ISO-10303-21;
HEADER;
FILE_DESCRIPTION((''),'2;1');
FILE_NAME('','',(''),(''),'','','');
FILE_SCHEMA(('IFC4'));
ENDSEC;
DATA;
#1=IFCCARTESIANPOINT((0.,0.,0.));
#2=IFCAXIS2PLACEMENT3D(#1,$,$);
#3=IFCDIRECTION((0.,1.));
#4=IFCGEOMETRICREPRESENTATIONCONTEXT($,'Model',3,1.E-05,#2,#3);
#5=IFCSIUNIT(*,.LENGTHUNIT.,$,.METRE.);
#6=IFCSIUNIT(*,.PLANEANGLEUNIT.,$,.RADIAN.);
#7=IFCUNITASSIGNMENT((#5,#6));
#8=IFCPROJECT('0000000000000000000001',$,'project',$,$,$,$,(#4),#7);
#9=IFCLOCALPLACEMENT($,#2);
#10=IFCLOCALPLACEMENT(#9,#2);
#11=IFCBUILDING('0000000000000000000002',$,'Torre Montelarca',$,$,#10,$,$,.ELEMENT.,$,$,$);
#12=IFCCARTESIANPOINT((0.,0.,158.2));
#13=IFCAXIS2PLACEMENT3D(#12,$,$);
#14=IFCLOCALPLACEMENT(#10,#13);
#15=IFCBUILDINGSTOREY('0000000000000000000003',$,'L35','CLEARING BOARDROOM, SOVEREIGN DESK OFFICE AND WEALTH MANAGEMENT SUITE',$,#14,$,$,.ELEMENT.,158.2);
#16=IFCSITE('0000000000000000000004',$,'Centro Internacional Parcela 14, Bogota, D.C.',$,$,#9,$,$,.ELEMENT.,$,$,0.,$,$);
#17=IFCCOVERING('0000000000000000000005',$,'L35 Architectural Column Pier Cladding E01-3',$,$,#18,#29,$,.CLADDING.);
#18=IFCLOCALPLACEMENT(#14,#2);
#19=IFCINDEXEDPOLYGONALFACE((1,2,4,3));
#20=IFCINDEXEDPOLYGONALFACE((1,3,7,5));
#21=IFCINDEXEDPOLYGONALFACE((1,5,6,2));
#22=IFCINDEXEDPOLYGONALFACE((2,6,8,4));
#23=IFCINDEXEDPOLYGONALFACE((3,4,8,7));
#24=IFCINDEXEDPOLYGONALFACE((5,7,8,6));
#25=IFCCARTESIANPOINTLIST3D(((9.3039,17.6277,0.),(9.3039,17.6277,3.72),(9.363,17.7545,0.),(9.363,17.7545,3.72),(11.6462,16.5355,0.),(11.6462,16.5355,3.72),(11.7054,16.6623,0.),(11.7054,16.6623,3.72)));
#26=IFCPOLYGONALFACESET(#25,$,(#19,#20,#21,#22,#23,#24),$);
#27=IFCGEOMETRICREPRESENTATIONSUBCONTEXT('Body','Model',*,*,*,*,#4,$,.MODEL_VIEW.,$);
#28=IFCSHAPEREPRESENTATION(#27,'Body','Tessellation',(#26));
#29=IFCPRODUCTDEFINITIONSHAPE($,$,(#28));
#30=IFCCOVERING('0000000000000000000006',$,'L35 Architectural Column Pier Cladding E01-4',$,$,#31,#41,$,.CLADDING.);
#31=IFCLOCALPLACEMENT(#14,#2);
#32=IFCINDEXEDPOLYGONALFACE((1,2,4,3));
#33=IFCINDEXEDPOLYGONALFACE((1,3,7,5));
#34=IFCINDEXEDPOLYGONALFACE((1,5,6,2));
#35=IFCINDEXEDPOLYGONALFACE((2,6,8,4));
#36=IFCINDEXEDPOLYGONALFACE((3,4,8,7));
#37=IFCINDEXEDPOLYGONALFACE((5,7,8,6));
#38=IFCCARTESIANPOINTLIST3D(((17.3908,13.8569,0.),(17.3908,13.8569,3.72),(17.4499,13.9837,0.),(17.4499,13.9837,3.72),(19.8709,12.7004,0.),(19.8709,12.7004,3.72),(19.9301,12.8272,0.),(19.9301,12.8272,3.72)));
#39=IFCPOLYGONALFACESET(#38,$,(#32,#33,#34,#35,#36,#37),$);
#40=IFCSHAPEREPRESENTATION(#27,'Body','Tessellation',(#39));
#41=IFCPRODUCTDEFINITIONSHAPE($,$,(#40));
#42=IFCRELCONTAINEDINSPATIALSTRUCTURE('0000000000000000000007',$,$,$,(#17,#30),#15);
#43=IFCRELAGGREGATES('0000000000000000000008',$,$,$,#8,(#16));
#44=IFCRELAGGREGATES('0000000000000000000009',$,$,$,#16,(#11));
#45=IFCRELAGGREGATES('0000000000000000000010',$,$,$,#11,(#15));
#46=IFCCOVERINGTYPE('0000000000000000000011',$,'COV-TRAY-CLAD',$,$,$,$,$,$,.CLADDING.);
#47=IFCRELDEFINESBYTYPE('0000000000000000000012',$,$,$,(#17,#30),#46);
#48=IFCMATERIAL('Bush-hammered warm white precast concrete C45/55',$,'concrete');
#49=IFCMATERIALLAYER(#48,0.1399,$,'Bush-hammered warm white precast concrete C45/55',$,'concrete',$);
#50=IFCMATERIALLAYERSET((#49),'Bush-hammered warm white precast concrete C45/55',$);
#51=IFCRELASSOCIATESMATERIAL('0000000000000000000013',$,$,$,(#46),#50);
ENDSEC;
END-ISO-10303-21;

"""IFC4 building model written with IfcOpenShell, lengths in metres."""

from ifc_helpers import new_model, si_unit, direction, frame, origin, origin_2d, place, context, subcontext, project, spatial, rectangle, extrude, source, transform, mapped, material, layer, layer_set, type_object, element, save


model = new_model("IFC4")

# Units and contexts
model_context = context("Model", 3, precision=1e-05, world=origin(), true_north=direction((0.0, 1.0)))
body_context = subcontext(model_context, "Body", "Model", "MODEL_VIEW")
ifc_project = project(units=[si_unit("LENGTHUNIT", "METRE"), si_unit("PLANEANGLEUNIT", "RADIAN")], contexts=[model_context])

# Site, building, storey
site_placement = place(None, origin())
site = spatial("IfcSite", under=ifc_project, at=site_placement, Name="Centro Internacional Parcela 14, Bogota, D.C.", CompositionType="ELEMENT", RefElevation=0.0)
building_placement = place(site_placement, origin())
building = spatial("IfcBuilding", under=site, at=building_placement, Name="Torre Montelarca", CompositionType="ELEMENT")
storey_placement = place(building_placement, frame((0.0, 0.0, 158.2)))
storey = spatial("IfcBuildingStorey", under=building, at=storey_placement, Name="L35", Description="CLEARING BOARDROOM, SOVEREIGN DESK OFFICE AND WEALTH MANAGEMENT SUITE", CompositionType="ELEMENT", Elevation=158.2)

# Coverings
ifc_material_1 = material(Name="Bush-hammered warm white precast concrete C45/55", Category="concrete")
ifc_layer_1 = layer(ifc_material_1, 0.1399, Name="Bush-hammered warm white precast concrete C45/55", Category="concrete")
ifc_layer_set_1 = layer_set([ifc_layer_1], Name="Bush-hammered warm white precast concrete C45/55")
covering_type_1 = type_object("IfcCoveringType", Name="COV-TRAY-CLAD", PredefinedType="CLADDING", material=ifc_layer_set_1)
shared_shape_1 = source(origin(), body_context, "Body", "SweptSolid", [
    extrude(rectangle(XDim=2.5845, YDim=0.1399, at=origin_2d()), origin(), (0.0, 0.0, 1.0), 3.72),
])
covering_1_placement = place(storey_placement, frame((10.5046, 17.145, 0.0), z_axis=(0.0, 0.0, 1.0), x_axis=(0.906309, -0.422617, 0.0)))
element("IfcCovering", 1, at=covering_1_placement, inside=storey, type_object=covering_type_1, Name="L35 Architectural Column Pier Cladding E01-3", PredefinedType="CLADDING", context=body_context, shape_type="MappedRepresentation", body=[
    mapped(shared_shape_1, transform((0.0, 0.0, 0.0), scale=1.0)),
])
shared_shape_2 = source(origin(), body_context, "Body", "SweptSolid", [
    extrude(rectangle(XDim=2.7366, YDim=0.1399, at=origin_2d()), origin(), (0.0, 0.0, 1.0), 3.72),
])
covering_2_placement = place(storey_placement, frame((18.6604, 13.342, 0.0), z_axis=(0.0, 0.0, 1.0), x_axis=(0.906309, -0.422617, 0.0)))
element("IfcCovering", 2, at=covering_2_placement, inside=storey, type_object=covering_type_1, Name="L35 Architectural Column Pier Cladding E01-4", PredefinedType="CLADDING", context=body_context, shape_type="MappedRepresentation", body=[
    mapped(shared_shape_2, transform((0.0, 0.0, 0.0), scale=1.0)),
])

save(model, "model.ifc")
